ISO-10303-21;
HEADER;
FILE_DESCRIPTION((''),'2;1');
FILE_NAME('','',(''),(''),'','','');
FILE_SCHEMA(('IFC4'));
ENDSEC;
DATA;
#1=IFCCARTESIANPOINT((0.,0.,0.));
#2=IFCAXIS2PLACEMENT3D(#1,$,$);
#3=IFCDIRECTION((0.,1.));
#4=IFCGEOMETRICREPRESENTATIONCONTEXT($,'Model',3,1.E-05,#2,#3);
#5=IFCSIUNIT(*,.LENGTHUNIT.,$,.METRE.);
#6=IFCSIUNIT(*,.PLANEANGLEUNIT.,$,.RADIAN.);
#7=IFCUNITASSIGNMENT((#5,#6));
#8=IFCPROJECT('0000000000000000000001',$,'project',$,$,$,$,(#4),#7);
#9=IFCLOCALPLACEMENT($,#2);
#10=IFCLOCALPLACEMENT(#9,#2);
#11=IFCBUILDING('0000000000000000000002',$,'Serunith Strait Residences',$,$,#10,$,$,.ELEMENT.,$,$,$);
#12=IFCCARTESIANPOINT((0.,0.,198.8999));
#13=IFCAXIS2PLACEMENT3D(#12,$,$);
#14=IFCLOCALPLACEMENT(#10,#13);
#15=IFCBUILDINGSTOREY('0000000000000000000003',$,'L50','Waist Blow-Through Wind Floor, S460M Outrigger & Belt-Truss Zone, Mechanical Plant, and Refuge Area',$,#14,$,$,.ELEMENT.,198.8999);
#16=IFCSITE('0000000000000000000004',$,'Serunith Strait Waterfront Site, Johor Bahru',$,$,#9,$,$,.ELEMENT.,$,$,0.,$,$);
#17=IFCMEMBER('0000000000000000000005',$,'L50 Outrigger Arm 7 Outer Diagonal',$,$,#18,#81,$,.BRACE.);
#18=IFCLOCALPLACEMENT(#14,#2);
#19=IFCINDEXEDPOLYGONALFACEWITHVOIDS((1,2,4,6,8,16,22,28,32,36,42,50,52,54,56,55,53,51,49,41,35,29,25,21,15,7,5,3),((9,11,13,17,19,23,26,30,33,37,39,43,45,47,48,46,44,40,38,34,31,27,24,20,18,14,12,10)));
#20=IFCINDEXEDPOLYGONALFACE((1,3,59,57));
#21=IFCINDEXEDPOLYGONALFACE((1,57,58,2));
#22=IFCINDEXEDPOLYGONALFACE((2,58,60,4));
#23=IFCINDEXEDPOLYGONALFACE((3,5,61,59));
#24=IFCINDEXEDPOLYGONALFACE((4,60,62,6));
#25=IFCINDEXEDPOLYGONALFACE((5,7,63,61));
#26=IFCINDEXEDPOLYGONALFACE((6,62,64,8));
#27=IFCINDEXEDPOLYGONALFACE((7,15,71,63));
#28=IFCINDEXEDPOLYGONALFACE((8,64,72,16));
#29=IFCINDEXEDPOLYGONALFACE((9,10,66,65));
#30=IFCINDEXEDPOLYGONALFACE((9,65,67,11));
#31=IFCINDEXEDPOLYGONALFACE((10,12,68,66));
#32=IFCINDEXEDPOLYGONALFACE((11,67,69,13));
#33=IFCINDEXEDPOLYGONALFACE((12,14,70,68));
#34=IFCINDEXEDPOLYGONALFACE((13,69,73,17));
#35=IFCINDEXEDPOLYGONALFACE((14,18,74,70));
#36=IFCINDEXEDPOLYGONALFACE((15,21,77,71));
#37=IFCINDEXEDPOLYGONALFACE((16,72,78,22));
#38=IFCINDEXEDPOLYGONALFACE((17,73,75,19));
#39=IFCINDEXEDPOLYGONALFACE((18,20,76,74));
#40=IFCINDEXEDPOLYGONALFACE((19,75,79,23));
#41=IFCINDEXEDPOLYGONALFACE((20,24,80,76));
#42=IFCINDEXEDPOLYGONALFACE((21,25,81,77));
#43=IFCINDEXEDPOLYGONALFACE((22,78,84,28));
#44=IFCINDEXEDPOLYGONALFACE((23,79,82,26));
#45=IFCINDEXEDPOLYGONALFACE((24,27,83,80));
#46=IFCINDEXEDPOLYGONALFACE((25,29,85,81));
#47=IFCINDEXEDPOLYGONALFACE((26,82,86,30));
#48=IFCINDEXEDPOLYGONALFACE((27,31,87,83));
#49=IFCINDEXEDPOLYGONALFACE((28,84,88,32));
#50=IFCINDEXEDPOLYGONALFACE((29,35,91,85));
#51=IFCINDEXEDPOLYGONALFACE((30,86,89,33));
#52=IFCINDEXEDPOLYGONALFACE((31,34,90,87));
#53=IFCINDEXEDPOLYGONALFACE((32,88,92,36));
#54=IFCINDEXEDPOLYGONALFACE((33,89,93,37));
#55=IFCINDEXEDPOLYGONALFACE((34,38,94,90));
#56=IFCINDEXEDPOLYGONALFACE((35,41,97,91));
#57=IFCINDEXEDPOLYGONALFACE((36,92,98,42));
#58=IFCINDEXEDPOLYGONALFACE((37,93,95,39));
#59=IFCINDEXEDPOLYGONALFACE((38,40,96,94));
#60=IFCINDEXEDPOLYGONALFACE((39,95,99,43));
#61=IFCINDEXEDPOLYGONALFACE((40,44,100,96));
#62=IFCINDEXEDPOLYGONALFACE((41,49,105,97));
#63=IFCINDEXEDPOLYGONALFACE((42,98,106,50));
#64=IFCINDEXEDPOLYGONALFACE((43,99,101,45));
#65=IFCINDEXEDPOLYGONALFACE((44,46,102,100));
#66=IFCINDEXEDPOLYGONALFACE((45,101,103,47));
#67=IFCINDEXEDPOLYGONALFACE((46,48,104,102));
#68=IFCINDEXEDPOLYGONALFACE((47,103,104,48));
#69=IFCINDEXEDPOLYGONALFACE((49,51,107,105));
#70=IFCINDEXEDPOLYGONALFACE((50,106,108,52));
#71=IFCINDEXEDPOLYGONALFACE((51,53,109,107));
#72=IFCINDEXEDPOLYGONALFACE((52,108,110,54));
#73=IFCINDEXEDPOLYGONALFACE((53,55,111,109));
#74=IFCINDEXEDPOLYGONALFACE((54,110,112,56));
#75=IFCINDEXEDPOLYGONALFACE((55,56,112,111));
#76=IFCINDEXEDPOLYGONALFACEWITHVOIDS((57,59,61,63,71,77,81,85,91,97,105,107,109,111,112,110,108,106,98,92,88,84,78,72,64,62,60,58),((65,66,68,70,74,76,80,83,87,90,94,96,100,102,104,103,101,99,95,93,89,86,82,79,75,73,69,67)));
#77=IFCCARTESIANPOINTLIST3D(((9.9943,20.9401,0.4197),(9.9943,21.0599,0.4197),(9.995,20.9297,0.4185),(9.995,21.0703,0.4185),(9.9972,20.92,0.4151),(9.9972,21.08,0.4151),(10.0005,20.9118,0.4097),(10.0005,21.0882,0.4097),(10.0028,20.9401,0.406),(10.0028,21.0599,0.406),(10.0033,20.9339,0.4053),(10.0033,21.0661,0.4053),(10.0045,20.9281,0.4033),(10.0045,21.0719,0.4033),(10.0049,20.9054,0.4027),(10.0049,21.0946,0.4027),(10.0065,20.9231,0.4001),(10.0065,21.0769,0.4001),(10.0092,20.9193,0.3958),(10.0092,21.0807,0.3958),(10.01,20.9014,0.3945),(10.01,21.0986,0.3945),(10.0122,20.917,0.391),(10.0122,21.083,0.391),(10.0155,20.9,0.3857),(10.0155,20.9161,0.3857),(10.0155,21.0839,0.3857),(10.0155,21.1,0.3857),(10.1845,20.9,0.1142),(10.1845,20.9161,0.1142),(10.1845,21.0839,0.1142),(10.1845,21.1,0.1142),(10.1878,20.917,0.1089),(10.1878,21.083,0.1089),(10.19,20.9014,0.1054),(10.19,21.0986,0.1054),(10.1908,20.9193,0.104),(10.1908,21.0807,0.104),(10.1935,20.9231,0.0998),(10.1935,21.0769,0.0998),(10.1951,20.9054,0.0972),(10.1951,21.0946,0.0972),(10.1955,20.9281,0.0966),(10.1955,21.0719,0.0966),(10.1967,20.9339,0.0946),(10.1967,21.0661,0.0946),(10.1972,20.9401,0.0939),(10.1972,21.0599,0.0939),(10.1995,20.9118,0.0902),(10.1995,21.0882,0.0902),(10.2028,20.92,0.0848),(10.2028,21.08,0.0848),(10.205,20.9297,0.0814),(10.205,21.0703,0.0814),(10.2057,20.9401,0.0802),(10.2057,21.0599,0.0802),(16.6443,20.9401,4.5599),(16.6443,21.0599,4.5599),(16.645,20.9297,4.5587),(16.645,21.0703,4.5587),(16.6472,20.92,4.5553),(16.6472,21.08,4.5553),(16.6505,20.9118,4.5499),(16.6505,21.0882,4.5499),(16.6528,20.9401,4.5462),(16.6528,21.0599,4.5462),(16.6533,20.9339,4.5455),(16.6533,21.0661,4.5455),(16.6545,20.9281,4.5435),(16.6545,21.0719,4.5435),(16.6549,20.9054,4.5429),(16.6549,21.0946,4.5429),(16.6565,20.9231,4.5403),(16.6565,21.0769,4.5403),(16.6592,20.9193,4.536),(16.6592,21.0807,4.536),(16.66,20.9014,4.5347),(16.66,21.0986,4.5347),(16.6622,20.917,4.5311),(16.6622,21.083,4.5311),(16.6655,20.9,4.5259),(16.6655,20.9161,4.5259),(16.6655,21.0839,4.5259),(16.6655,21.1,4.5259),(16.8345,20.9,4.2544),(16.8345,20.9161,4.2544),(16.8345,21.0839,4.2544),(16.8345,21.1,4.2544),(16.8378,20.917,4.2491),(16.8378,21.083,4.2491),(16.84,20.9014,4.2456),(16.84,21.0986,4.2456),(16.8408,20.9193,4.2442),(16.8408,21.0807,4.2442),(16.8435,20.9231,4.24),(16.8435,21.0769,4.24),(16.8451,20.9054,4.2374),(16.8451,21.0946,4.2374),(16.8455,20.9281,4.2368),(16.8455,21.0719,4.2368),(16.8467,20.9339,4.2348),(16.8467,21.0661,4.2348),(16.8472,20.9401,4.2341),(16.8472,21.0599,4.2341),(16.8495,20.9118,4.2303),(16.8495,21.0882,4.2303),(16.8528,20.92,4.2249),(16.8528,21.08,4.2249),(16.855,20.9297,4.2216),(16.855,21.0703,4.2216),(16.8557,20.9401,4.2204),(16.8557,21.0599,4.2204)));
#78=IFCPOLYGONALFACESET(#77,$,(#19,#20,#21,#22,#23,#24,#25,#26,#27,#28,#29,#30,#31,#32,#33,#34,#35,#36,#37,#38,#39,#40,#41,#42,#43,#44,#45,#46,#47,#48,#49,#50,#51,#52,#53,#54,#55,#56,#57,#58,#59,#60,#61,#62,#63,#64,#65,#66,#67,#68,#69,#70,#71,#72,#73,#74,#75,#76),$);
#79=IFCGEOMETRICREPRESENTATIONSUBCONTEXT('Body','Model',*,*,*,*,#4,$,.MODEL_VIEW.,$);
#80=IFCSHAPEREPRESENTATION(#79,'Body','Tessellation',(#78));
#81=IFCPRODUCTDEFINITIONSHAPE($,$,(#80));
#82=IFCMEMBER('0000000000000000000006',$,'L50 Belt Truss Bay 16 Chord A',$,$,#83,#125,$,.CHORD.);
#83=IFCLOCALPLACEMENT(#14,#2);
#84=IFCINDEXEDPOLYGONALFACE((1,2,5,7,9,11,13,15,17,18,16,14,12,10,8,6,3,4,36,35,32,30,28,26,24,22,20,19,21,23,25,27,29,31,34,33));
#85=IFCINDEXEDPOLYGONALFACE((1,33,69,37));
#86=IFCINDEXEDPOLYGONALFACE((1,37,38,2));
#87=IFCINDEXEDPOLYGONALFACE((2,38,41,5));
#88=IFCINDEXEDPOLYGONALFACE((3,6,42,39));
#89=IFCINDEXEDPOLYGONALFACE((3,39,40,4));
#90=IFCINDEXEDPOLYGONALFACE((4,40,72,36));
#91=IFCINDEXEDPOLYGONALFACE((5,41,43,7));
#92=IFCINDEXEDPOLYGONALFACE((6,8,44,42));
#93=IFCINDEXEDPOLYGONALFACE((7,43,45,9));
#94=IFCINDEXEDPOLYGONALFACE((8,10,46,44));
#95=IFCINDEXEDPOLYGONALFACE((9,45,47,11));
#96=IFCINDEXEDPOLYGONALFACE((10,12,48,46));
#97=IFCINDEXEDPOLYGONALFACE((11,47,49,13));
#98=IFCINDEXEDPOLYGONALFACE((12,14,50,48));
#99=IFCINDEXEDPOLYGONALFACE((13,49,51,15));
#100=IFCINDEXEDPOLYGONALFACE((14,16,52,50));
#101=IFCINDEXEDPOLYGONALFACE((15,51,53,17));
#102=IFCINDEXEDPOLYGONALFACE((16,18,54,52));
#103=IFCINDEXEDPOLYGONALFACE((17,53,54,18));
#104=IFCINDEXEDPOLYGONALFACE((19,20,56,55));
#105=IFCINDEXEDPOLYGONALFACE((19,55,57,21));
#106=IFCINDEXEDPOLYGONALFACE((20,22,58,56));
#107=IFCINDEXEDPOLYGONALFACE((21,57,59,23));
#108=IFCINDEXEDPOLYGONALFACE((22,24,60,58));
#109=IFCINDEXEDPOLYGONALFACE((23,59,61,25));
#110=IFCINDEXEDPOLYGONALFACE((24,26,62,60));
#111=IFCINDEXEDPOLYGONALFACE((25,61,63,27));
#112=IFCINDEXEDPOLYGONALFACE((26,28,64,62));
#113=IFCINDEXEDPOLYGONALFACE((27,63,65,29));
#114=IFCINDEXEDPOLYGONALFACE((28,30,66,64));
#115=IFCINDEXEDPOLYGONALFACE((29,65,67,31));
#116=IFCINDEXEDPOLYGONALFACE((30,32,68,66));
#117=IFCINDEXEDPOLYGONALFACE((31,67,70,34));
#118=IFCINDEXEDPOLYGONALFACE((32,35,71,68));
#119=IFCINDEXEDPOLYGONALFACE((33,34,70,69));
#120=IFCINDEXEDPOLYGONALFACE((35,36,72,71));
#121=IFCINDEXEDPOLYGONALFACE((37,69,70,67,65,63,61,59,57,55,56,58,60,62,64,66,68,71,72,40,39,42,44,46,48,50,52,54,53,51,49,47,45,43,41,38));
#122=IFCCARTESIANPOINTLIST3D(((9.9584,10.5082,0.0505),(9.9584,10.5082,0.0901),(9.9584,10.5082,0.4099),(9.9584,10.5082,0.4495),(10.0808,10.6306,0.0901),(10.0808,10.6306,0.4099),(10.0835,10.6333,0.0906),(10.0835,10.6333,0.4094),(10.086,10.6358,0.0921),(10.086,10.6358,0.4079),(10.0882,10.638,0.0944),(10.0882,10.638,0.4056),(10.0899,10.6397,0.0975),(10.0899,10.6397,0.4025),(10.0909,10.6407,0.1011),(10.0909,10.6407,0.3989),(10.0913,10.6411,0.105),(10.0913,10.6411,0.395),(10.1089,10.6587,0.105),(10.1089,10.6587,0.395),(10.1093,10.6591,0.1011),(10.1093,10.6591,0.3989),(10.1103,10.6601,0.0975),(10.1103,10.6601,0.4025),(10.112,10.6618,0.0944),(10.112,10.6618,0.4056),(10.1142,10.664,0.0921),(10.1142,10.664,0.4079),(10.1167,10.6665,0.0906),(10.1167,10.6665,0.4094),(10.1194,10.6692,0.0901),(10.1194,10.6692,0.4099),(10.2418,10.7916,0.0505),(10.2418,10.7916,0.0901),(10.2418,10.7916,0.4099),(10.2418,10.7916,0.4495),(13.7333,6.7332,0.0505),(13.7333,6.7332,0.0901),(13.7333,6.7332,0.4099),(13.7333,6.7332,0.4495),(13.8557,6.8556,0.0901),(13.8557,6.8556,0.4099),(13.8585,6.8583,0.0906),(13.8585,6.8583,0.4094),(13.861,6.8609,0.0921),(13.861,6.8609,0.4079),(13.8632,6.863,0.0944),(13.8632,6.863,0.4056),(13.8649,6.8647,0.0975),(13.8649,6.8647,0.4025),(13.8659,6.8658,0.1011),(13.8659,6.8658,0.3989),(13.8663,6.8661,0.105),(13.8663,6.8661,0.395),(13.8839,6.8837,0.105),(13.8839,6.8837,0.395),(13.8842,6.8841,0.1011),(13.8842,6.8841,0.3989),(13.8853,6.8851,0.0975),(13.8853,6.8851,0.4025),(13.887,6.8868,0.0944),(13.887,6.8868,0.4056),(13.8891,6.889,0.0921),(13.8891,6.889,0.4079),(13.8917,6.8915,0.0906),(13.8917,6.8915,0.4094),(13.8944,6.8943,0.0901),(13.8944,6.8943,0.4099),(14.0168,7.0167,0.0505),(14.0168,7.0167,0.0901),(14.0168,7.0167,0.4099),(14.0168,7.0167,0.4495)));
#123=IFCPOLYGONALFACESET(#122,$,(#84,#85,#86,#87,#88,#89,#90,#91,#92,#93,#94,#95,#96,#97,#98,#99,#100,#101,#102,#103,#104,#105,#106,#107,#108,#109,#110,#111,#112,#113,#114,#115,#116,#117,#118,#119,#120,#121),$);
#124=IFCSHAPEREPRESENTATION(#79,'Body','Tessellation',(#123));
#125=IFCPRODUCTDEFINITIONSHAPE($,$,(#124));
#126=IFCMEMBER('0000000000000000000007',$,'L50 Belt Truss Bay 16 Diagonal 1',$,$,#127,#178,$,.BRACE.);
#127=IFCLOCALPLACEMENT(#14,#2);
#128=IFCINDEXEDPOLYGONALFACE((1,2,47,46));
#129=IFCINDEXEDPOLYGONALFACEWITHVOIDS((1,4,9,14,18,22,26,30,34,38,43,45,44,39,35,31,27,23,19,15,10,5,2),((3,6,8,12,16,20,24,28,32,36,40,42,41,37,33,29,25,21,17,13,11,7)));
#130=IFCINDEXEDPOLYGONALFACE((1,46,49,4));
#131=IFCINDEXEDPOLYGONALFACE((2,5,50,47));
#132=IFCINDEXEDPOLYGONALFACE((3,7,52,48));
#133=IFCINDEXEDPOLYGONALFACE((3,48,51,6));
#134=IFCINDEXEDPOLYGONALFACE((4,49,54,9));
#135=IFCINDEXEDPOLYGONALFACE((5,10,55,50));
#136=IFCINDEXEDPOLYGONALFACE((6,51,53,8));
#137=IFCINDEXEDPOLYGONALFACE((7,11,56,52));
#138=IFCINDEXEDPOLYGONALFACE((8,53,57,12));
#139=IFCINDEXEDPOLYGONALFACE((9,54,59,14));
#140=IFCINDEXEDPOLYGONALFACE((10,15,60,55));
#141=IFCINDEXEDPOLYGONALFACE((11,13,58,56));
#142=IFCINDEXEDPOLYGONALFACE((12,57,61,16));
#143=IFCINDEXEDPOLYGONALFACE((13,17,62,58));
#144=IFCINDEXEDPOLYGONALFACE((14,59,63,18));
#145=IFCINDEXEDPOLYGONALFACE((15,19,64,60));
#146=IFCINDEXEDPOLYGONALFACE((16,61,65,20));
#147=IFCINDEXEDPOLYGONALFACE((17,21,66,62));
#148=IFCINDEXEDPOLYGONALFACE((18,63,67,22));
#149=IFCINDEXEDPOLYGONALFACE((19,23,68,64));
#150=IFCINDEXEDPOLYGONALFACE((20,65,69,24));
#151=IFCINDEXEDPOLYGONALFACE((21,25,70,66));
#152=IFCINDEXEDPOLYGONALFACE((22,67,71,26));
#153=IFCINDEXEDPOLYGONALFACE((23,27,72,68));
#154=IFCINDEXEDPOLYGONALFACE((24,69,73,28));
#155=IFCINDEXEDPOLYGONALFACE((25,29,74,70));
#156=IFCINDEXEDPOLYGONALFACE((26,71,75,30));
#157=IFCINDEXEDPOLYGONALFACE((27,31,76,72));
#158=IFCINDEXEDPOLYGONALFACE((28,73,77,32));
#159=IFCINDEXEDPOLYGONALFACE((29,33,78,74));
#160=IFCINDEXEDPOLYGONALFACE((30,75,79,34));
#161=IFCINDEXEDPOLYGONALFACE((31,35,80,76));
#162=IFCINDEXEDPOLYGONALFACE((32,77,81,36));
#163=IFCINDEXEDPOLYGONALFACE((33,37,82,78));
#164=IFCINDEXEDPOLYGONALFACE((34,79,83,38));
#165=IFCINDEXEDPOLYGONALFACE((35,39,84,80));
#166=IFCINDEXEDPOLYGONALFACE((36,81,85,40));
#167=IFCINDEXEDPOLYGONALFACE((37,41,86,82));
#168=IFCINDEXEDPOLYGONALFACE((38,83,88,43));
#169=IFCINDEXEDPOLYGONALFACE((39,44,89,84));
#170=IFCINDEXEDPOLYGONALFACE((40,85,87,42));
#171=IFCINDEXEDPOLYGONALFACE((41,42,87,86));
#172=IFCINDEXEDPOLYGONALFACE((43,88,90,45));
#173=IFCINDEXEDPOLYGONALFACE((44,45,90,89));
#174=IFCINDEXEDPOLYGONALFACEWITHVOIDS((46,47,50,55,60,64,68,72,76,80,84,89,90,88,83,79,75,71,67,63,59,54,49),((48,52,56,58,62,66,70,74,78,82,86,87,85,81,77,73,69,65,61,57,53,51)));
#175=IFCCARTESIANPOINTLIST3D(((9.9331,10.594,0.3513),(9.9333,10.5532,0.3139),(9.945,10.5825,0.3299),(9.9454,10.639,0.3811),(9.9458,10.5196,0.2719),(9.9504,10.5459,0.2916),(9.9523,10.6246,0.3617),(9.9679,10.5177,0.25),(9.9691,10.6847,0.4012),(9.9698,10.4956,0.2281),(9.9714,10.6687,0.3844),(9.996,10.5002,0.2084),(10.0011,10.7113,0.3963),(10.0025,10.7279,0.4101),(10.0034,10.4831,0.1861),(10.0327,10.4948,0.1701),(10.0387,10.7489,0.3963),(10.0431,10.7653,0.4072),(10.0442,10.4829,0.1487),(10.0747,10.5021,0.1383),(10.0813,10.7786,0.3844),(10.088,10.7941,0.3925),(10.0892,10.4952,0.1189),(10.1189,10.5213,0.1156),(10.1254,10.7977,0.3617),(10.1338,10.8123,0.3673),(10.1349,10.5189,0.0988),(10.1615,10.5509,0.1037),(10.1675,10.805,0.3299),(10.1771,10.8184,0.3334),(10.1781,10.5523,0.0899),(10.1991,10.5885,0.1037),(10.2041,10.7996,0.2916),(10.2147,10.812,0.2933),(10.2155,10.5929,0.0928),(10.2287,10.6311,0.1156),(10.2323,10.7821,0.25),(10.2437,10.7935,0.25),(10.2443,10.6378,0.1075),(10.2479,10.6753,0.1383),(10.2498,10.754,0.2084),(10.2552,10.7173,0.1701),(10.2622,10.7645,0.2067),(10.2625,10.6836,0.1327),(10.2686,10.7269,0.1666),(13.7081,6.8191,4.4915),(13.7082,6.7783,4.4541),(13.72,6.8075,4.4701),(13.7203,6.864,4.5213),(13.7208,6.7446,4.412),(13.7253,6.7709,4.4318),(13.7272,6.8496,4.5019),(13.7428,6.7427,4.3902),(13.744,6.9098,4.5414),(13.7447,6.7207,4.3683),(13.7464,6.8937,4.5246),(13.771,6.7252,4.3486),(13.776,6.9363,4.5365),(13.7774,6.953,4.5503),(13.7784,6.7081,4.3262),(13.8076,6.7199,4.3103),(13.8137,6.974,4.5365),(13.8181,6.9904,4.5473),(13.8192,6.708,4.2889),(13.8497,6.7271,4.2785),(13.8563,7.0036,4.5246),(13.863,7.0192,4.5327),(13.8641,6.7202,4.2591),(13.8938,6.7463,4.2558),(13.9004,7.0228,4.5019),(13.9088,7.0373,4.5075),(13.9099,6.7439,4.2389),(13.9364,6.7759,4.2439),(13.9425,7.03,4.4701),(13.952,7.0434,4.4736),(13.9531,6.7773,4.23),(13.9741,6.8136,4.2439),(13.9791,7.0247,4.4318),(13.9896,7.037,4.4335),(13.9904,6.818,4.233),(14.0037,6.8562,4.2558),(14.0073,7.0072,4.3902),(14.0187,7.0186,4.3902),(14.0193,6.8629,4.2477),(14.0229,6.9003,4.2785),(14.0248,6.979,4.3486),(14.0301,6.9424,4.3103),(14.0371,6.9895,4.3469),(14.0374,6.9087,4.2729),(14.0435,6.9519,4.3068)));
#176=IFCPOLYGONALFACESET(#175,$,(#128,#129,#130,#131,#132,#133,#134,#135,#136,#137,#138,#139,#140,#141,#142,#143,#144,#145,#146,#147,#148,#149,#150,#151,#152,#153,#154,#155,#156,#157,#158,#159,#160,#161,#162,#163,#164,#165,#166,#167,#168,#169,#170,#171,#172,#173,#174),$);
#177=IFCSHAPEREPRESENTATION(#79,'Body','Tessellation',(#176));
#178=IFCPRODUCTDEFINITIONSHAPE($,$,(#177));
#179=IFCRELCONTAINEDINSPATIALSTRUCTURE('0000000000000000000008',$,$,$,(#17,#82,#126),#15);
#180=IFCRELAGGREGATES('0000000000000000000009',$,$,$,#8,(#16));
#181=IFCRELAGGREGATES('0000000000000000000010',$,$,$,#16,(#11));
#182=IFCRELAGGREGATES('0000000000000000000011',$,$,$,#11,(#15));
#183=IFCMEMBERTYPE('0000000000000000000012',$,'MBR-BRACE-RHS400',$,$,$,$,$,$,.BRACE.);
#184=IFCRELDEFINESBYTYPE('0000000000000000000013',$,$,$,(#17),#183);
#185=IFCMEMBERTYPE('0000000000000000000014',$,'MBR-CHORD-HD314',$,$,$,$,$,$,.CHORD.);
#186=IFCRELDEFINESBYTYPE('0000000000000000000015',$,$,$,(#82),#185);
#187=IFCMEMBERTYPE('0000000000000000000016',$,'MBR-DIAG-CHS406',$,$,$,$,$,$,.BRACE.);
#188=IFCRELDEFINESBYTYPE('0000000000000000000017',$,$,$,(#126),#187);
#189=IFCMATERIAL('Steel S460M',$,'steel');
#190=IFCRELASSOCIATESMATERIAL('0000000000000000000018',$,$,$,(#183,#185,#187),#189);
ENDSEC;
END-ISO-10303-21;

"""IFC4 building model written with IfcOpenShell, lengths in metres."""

from ifc_helpers import new_model, si_unit, direction, frame, origin, origin_2d, place, context, subcontext, project, spatial, hollow_rectangle, hollow_circle, i_section, extrude, source, transform, mapped, material, material_profile, profile_set, type_object, element, save


model = new_model("IFC4")

# Units and contexts
model_context = context("Model", 3, precision=1e-05, world=origin(), true_north=direction((0.0, 1.0)))
body_context = subcontext(model_context, "Body", "Model", "MODEL_VIEW")
ifc_project = project(units=[si_unit("LENGTHUNIT", "METRE"), si_unit("PLANEANGLEUNIT", "RADIAN")], contexts=[model_context])

# Site, building, storey
site_placement = place(None, origin())
site = spatial("IfcSite", under=ifc_project, at=site_placement, Name="Serunith Strait Waterfront Site, Johor Bahru", CompositionType="ELEMENT", RefElevation=0.0)
building_placement = place(site_placement, origin())
building = spatial("IfcBuilding", under=site, at=building_placement, Name="Serunith Strait Residences", CompositionType="ELEMENT")
storey_placement = place(building_placement, frame((0.0, 0.0, 198.8999)))
storey = spatial("IfcBuildingStorey", under=building, at=storey_placement, Name="L50", Description="Waist Blow-Through Wind Floor, S460M Outrigger & Belt-Truss Zone, Mechanical Plant, and Refuge Area", CompositionType="ELEMENT", Elevation=198.8999)

# Members
ifc_material_1 = material(Name="Steel S460M", Category="steel")
ifc_material_profile_1 = material_profile(ifc_material_1, hollow_rectangle(XDim=0.2, YDim=0.3999, WallThickness=0.0161, InnerFilletRadius=0.0239, OuterFilletRadius=0.04, at=origin_2d()), Name="RHS 400x200x16")
ifc_profile_set_1 = profile_set([ifc_material_profile_1], Name="Steel S460M")
member_type_1 = type_object("IfcMemberType", Name="MBR-BRACE-RHS400", PredefinedType="BRACE", material=ifc_profile_set_1)
shared_shape_1 = source(origin(), body_context, "Body", "SweptSolid", [
    extrude(hollow_rectangle(XDim=0.2, YDim=0.3999, WallThickness=0.0161, InnerFilletRadius=0.0239, OuterFilletRadius=0.04, at=origin_2d()), origin(), (0.0, 0.0, 1.0), 7.8335),
])
member_1_placement = place(storey_placement, frame((16.75, 21.0, 4.3901), z_axis=(-0.848918, 0.0, -0.528525), x_axis=(0.0, -1.0, 0.0)))
element("IfcMember", 1, at=member_1_placement, inside=storey, type_object=member_type_1, Name="L50 Outrigger Arm 7 Outer Diagonal", PredefinedType="BRACE", context=body_context, shape_type="MappedRepresentation", body=[
    mapped(shared_shape_1, transform((0.0, 0.0, 0.0), scale=1.0)),
])
ifc_material_profile_2 = material_profile(ifc_material_1, i_section(OverallWidth=0.4009, OverallDepth=0.3989, WebThickness=0.0249, FlangeThickness=0.0396, FilletRadius=0.0149, at=origin_2d()), Name="HD 400x314")
ifc_profile_set_2 = profile_set([ifc_material_profile_2], Name="Steel S460M")
member_type_2 = type_object("IfcMemberType", Name="MBR-CHORD-HD314", PredefinedType="CHORD", material=ifc_profile_set_2)
shared_shape_2 = source(origin(), body_context, "Body", "SweptSolid", [
    extrude(i_section(OverallWidth=0.4009, OverallDepth=0.3989, WebThickness=0.0249, FlangeThickness=0.0396, FilletRadius=0.0149, at=origin_2d()), origin(), (0.0, 0.0, 1.0), 5.3386),
])
member_2_placement = place(storey_placement, frame((10.1001, 10.6499, 0.25), z_axis=(0.707107, -0.707107, 0.0), x_axis=(0.707107, 0.707107, 0.0)))
element("IfcMember", 2, at=member_2_placement, inside=storey, type_object=member_type_2, Name="L50 Belt Truss Bay 16 Chord A", PredefinedType="CHORD", context=body_context, shape_type="MappedRepresentation", body=[
    mapped(shared_shape_2, transform((0.0, 0.0, 0.0), scale=1.0)),
])
ifc_material_profile_3 = material_profile(ifc_material_1, hollow_circle(Radius=0.2031, WallThickness=0.0161, at=origin_2d()), Name="CHS 406.4x16")
ifc_profile_set_3 = profile_set([ifc_material_profile_3], Name="Steel S460M")
member_type_3 = type_object("IfcMemberType", Name="MBR-DIAG-CHS406", PredefinedType="BRACE", material=ifc_profile_set_3)
shared_shape_3 = source(origin(), body_context, "Body", "SweptSolid", [
    extrude(hollow_circle(Radius=0.2031, WallThickness=0.0161, at=origin_2d()), origin(), (0.0, 0.0, 1.0), 6.7559),
])
member_3_placement = place(storey_placement, frame((10.1001, 10.6499, 0.25), z_axis=(0.558767, -0.558767, 0.612829), x_axis=(0.707107, 0.707107, 0.0)))
element("IfcMember", 3, at=member_3_placement, inside=storey, type_object=member_type_3, Name="L50 Belt Truss Bay 16 Diagonal 1", PredefinedType="BRACE", context=body_context, shape_type="MappedRepresentation", body=[
    mapped(shared_shape_3, transform((0.0, 0.0, 0.0), scale=1.0)),
])

save(model, "model.ifc")
